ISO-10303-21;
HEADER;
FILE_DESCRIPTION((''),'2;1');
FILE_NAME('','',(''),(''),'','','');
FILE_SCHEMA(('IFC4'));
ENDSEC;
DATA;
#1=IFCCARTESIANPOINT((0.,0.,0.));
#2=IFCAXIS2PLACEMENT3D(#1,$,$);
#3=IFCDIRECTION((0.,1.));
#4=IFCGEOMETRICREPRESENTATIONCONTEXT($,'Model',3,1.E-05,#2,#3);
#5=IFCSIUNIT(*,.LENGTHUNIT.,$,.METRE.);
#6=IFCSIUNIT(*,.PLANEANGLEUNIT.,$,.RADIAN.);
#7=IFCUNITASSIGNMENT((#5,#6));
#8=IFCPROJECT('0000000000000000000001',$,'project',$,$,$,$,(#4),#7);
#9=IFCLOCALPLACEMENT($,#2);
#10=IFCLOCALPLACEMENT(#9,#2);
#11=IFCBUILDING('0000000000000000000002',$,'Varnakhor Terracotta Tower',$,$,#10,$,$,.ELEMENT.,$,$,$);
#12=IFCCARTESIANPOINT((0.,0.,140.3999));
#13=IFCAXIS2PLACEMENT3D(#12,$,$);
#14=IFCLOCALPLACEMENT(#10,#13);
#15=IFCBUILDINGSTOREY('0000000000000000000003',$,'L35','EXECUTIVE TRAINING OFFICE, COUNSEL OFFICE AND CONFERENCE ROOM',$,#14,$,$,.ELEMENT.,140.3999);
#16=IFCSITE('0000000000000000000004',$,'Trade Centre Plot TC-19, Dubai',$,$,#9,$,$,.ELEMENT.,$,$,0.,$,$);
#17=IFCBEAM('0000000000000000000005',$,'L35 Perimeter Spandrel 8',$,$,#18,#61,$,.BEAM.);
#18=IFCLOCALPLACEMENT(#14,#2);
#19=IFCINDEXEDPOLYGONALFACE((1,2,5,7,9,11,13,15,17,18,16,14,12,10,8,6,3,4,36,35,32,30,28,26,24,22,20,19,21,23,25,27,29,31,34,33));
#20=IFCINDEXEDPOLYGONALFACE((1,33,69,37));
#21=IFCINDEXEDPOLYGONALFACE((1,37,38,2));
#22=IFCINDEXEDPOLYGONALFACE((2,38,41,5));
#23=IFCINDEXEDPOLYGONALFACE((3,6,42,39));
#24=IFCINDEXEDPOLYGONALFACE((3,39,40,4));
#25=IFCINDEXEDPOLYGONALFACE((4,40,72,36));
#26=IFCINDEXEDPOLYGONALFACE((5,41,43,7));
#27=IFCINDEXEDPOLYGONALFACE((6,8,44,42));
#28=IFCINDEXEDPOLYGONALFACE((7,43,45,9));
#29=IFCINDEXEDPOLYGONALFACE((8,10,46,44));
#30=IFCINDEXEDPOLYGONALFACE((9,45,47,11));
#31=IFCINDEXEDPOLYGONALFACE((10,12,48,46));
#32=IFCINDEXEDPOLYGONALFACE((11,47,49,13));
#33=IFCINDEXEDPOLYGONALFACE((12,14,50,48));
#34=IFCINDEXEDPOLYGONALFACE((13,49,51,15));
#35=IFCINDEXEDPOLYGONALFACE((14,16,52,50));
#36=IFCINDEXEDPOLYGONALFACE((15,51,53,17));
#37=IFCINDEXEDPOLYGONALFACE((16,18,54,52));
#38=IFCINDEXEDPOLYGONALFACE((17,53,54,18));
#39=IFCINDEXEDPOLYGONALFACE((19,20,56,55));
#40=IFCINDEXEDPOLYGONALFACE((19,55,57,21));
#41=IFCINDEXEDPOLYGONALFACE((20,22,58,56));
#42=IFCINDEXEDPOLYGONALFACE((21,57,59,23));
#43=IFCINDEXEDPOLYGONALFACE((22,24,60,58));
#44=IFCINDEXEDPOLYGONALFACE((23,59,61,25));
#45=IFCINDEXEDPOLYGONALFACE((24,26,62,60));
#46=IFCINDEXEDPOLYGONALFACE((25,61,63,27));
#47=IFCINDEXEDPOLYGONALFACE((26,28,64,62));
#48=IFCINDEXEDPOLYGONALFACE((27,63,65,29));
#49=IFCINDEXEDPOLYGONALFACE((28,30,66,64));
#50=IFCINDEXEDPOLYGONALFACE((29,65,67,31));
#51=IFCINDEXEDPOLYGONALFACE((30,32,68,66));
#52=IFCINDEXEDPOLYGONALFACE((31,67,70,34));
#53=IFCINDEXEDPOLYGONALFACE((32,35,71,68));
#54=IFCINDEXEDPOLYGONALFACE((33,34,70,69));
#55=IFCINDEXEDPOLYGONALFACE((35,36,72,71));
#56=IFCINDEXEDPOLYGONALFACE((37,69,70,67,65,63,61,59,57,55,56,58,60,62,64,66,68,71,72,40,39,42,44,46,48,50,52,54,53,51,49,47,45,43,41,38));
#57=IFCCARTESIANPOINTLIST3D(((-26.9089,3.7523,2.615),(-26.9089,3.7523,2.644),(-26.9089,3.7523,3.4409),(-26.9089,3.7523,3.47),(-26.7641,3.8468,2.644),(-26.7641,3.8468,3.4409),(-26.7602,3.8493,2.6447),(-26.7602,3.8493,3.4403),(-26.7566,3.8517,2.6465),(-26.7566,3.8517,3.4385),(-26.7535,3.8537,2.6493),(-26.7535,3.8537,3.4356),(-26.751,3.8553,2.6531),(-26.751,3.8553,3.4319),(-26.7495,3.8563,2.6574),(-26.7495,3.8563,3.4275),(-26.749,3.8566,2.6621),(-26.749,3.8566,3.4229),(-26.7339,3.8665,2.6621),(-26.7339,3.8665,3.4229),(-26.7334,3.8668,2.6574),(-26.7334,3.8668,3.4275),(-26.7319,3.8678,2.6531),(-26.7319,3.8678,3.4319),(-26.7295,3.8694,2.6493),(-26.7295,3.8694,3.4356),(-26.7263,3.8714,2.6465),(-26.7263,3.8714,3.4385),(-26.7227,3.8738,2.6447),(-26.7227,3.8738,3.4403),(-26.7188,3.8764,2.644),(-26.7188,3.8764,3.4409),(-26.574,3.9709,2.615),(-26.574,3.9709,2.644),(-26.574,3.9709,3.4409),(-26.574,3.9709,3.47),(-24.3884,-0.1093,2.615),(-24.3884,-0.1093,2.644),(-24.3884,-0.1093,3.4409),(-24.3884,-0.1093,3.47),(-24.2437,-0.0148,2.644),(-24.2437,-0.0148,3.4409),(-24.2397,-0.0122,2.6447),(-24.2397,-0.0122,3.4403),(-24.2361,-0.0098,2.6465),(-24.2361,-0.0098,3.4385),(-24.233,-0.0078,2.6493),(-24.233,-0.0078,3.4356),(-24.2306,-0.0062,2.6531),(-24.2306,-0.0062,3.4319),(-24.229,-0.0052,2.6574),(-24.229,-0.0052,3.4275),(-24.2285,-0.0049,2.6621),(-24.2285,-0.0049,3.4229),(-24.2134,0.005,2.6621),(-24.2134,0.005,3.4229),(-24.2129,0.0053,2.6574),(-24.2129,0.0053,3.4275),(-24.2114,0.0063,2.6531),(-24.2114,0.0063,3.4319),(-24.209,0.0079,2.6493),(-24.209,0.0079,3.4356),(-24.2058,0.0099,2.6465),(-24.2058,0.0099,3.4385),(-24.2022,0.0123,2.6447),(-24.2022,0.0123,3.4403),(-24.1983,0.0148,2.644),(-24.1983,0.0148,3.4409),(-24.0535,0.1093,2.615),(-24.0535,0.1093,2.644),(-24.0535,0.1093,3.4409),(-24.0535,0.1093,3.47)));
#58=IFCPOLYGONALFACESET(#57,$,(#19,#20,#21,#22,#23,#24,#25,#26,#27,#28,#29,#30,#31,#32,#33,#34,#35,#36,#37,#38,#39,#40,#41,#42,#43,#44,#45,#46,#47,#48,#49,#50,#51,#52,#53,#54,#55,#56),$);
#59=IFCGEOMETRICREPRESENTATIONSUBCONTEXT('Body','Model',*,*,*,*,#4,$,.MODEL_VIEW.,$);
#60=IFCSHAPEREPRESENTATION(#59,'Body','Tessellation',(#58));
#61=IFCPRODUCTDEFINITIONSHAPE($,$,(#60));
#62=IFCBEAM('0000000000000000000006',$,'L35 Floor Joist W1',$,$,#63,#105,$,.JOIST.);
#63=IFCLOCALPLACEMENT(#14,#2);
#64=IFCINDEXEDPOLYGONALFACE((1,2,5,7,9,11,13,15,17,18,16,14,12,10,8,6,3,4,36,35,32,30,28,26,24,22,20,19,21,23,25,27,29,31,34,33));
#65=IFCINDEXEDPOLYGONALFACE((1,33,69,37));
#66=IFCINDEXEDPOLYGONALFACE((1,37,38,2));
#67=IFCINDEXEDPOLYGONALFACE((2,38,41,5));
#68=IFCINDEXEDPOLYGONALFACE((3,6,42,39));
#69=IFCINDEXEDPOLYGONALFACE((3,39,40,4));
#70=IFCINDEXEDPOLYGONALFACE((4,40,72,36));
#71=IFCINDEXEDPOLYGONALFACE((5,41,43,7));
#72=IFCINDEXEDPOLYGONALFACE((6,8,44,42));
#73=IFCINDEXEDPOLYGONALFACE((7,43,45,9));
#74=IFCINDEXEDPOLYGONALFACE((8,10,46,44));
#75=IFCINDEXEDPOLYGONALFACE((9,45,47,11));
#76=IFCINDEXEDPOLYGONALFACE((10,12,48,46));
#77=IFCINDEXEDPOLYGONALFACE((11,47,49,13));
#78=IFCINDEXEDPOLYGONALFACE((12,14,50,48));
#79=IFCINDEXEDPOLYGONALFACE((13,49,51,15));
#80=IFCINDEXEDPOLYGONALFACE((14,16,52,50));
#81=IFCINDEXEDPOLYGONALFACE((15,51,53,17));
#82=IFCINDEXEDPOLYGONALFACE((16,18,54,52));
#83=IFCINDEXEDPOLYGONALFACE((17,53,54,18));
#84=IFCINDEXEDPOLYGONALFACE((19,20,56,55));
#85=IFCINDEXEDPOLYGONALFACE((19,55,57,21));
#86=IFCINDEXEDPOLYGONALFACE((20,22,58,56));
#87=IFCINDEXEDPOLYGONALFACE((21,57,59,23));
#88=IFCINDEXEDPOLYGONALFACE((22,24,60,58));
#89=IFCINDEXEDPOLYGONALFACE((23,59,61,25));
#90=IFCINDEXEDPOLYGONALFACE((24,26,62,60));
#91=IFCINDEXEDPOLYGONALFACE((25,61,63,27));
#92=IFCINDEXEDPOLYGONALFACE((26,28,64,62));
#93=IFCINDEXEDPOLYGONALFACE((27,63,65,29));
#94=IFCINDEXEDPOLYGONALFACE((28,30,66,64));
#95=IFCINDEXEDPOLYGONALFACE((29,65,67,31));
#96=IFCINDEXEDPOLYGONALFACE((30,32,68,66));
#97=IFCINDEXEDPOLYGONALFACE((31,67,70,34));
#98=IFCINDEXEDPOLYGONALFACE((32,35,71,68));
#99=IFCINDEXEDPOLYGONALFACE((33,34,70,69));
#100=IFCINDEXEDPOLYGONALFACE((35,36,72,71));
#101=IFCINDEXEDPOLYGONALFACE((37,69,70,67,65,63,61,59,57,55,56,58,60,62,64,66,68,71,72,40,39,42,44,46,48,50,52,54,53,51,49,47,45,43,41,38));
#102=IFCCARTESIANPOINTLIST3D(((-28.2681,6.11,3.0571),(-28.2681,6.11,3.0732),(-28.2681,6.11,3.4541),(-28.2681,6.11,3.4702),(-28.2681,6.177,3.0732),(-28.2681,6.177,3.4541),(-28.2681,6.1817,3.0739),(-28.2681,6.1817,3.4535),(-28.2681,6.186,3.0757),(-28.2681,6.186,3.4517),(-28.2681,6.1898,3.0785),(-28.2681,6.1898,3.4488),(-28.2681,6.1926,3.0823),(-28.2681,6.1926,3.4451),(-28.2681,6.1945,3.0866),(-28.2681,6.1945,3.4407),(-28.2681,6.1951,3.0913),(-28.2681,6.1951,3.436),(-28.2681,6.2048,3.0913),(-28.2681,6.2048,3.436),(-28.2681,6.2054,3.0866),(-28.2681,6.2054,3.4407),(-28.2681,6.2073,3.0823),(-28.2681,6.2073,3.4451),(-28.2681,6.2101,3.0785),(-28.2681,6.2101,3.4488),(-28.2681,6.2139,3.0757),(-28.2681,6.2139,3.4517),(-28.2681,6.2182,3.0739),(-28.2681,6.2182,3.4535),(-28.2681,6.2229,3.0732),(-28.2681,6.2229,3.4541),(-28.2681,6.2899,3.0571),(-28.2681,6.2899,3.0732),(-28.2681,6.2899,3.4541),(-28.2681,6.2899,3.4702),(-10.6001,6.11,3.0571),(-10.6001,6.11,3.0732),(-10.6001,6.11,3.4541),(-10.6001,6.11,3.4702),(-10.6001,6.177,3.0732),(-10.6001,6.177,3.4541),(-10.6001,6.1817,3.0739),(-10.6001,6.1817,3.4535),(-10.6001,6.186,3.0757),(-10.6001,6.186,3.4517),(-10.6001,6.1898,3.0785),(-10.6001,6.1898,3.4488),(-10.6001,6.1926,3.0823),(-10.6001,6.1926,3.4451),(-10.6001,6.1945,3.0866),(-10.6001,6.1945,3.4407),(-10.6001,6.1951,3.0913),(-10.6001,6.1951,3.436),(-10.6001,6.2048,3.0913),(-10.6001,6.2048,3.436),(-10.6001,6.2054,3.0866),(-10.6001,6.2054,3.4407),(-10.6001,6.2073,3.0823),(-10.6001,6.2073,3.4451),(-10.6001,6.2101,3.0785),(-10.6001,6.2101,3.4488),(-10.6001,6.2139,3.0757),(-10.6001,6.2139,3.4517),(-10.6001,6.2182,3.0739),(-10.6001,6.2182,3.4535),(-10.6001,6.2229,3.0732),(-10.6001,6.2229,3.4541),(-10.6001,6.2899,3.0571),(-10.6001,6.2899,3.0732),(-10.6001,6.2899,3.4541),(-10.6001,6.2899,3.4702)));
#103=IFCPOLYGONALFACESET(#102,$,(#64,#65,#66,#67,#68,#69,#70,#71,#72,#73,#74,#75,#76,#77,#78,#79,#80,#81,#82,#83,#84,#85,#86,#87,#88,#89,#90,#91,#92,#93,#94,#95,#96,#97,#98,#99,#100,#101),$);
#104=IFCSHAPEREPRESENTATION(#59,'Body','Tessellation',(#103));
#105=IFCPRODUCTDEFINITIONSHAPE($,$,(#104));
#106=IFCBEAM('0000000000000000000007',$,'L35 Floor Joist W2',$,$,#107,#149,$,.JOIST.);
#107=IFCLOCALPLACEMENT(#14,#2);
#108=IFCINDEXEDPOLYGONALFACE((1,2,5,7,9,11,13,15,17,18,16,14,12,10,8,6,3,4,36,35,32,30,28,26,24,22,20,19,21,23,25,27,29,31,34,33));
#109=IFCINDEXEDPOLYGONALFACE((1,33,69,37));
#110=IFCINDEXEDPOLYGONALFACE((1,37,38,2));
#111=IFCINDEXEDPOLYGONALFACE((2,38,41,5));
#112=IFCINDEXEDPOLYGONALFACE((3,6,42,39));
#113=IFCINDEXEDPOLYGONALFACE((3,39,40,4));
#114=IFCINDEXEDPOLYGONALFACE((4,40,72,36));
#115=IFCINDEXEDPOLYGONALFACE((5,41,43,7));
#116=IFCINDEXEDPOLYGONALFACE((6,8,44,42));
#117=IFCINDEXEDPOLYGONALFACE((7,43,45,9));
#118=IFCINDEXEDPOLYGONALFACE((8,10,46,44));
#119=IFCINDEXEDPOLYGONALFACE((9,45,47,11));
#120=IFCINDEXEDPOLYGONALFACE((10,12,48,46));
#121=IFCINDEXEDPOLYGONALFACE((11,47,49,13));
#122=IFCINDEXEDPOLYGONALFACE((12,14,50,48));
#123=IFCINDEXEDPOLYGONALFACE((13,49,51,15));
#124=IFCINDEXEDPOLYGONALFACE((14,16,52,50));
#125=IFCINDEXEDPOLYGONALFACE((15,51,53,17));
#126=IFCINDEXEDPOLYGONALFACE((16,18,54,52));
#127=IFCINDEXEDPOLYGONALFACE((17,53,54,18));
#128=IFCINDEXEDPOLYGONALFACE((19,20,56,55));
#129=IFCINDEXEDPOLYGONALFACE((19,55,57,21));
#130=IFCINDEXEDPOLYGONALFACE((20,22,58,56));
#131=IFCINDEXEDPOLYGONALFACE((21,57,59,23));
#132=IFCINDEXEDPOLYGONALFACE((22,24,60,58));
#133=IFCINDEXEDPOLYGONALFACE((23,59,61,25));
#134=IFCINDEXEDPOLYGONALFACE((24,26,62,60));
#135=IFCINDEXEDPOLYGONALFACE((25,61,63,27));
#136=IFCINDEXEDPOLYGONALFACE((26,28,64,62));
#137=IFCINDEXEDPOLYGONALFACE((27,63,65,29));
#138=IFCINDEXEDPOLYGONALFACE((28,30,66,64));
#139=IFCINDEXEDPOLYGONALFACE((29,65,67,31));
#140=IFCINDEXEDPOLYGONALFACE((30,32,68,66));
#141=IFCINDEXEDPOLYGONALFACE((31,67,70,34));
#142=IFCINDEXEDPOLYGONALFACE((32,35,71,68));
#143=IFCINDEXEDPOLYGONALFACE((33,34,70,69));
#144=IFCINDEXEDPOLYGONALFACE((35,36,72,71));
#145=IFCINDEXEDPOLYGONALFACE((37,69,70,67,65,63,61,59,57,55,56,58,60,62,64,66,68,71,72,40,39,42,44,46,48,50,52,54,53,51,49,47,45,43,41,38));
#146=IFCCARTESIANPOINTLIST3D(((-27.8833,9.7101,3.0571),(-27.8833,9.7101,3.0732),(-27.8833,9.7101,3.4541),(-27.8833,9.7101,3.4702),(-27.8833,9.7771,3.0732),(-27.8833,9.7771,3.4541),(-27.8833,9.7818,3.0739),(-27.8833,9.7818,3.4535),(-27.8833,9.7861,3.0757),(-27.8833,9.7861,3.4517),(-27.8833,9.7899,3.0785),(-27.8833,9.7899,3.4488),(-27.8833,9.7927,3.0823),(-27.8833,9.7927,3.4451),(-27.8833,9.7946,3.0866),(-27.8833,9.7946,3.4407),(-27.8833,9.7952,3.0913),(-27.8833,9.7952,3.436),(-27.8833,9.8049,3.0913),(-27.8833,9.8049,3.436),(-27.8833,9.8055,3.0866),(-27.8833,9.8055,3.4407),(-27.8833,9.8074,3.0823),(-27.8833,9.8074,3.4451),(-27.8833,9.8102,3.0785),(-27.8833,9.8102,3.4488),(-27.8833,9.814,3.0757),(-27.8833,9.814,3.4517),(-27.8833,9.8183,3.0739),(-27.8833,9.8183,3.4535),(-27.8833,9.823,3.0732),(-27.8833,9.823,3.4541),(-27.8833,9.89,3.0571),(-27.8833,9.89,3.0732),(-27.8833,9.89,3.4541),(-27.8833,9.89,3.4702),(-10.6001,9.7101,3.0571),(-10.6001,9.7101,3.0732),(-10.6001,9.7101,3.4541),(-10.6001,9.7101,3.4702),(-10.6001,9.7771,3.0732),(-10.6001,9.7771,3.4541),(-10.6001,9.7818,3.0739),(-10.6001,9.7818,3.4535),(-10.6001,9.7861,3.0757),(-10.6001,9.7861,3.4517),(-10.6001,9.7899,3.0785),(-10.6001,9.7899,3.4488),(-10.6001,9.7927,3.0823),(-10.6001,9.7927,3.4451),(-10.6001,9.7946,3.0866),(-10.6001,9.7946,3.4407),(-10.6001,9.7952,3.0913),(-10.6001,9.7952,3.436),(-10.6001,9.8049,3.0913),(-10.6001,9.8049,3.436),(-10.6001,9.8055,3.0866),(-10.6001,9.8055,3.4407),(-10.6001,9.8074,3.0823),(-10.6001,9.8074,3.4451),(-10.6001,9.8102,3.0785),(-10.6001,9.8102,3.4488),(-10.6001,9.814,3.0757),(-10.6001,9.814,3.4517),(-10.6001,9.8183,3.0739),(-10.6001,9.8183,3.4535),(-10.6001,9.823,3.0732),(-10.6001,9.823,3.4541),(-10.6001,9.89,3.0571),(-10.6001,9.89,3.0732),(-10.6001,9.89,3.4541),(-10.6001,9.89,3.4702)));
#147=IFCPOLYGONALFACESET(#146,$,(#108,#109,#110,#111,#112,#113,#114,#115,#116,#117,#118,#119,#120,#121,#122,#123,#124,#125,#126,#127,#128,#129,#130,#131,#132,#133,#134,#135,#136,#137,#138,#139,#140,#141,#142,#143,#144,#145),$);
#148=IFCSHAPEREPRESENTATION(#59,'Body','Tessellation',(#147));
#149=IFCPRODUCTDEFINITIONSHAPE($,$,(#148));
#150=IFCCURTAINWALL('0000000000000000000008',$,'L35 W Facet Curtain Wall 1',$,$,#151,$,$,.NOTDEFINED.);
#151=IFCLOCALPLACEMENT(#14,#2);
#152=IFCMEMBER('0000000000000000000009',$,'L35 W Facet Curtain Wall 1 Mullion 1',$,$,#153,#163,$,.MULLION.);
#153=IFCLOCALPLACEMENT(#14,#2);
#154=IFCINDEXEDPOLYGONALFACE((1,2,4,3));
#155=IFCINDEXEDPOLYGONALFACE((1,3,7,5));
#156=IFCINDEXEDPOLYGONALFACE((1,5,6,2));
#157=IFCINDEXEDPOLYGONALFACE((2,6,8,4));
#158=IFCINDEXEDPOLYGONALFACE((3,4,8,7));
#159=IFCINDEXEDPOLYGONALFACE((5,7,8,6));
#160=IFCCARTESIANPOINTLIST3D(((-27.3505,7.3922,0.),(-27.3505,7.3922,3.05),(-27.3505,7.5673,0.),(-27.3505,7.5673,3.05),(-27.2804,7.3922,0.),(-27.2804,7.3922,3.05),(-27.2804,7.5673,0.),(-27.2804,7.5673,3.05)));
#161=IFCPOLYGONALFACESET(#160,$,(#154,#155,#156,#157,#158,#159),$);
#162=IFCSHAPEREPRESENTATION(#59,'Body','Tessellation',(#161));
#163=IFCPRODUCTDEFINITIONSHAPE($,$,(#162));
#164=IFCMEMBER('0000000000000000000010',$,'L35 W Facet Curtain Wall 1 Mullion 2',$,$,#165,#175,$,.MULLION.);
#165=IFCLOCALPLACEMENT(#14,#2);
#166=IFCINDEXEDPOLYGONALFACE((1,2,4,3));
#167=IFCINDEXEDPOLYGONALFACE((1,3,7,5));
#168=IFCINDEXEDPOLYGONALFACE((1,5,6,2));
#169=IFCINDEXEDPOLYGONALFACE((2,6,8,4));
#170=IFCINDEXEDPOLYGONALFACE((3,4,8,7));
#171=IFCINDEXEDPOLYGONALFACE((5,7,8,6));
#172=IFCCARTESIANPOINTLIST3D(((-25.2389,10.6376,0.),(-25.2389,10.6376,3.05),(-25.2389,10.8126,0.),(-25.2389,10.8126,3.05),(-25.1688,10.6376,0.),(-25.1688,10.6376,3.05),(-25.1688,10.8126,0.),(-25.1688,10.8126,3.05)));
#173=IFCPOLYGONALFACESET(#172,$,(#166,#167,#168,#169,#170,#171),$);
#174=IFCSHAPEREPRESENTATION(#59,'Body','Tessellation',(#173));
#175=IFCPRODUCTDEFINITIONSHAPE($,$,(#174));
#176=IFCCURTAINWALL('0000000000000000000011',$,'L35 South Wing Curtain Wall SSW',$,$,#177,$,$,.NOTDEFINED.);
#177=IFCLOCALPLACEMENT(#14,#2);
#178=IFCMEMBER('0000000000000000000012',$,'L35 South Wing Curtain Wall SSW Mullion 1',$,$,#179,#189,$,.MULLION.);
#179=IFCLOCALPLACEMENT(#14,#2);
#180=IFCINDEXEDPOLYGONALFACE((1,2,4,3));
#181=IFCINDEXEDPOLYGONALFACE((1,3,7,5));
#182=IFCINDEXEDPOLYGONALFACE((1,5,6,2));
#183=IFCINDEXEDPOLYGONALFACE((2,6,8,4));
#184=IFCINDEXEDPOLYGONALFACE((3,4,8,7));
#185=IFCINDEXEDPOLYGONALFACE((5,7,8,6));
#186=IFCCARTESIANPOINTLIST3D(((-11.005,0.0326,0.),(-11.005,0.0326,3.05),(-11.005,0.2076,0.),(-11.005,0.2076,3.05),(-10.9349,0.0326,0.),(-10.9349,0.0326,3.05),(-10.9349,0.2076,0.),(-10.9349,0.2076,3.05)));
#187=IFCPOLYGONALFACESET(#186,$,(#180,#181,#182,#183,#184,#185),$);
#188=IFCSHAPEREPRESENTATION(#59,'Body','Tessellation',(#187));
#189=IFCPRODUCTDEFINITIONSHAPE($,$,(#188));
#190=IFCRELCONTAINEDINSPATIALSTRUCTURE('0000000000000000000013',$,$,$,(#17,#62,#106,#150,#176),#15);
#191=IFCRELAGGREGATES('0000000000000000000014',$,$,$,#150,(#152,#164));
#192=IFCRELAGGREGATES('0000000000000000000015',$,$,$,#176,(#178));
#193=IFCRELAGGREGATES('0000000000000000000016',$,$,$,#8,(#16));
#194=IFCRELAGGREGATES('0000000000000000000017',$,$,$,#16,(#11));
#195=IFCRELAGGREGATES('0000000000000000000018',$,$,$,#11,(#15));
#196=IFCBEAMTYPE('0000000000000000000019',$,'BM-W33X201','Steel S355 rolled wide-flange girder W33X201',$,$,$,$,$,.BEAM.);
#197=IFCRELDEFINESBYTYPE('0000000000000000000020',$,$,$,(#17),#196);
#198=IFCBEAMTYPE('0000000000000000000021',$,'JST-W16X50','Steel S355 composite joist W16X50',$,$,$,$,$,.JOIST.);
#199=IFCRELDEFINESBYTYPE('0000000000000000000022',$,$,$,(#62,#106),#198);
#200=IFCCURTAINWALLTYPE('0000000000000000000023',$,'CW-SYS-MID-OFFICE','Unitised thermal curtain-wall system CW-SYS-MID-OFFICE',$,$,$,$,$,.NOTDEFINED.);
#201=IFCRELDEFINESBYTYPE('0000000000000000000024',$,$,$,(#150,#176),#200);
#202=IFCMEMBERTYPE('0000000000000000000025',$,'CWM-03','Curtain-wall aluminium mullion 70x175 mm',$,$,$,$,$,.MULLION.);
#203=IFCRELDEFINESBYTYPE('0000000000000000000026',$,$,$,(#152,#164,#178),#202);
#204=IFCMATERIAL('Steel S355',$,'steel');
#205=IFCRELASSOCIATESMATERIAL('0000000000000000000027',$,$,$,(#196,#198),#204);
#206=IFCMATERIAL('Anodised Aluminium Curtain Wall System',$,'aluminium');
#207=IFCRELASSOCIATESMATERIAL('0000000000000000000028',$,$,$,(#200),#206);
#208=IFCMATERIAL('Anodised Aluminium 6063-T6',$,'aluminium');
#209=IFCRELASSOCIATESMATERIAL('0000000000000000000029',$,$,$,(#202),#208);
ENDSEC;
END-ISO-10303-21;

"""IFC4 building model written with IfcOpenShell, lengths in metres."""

from ifc_helpers import new_model, si_unit, direction, frame, origin, origin_2d, place, context, subcontext, project, spatial, rectangle, i_section, extrude, source, transform, mapped, material, material_profile, profile_set, type_object, element, aggregate, save


model = new_model("IFC4")

# Units and contexts
model_context = context("Model", 3, precision=1e-05, world=origin(), true_north=direction((0.0, 1.0)))
body_context = subcontext(model_context, "Body", "Model", "MODEL_VIEW")
ifc_project = project(units=[si_unit("LENGTHUNIT", "METRE"), si_unit("PLANEANGLEUNIT", "RADIAN")], contexts=[model_context])

# Site, building, storey
site_placement = place(None, origin())
site = spatial("IfcSite", under=ifc_project, at=site_placement, Name="Trade Centre Plot TC-19, Dubai", CompositionType="ELEMENT", RefElevation=0.0)
building_placement = place(site_placement, origin())
building = spatial("IfcBuilding", under=site, at=building_placement, Name="Varnakhor Terracotta Tower", CompositionType="ELEMENT")
storey_placement = place(building_placement, frame((0.0, 0.0, 140.3999)))
storey = spatial("IfcBuildingStorey", under=building, at=storey_placement, Name="L35", Description="EXECUTIVE TRAINING OFFICE, COUNSEL OFFICE AND CONFERENCE ROOM", CompositionType="ELEMENT", Elevation=140.3999)

# Beams
ifc_material_1 = material(Name="Steel S355", Category="steel")
ifc_material_profile_1 = material_profile(ifc_material_1, i_section(OverallWidth=0.3999, OverallDepth=0.855, WebThickness=0.0181, FlangeThickness=0.0291, FilletRadius=0.0181, at=origin_2d()), Name="W33X201")
ifc_profile_set_1 = profile_set([ifc_material_profile_1], Name="Steel S355")
beam_type_1 = type_object("IfcBeamType", Name="BM-W33X201", Description="Steel S355 rolled wide-flange girder W33X201", PredefinedType="BEAM", material=ifc_profile_set_1)
shared_shape_1 = source(origin(), body_context, "Body", "SweptSolid", [
    extrude(i_section(OverallWidth=0.3999, OverallDepth=0.855, WebThickness=0.0181, FlangeThickness=0.0291, FilletRadius=0.0181, at=origin_2d()), origin(), (0.0, 0.0, 1.0), 4.6113),
])
for number, where, z_axis, x_axis, name in (
    (1, (-26.7415, 3.8616, 3.0425), (0.546586, -0.837403, 0.0), (0.837403, 0.546586, 0.0), "L35 Perimeter Spandrel 8"),
):
    element("IfcBeam", number, at=place(storey_placement, frame(where, z_axis=z_axis, x_axis=x_axis)), inside=storey, type_object=beam_type_1, Name=name, PredefinedType="BEAM", context=body_context, shape_type="MappedRepresentation", body=[
        mapped(shared_shape_1, transform((0.0, 0.0, 0.0), scale=1.0)),
    ])
ifc_material_profile_2 = material_profile(ifc_material_1, i_section(OverallWidth=0.1799, OverallDepth=0.4131, WebThickness=0.0098, FlangeThickness=0.0161, FilletRadius=0.0181, at=origin_2d()), Name="W16X50")
ifc_profile_set_2 = profile_set([ifc_material_profile_2], Name="Steel S355")
beam_type_2 = type_object("IfcBeamType", Name="JST-W16X50", Description="Steel S355 composite joist W16X50", PredefinedType="JOIST", material=ifc_profile_set_2)
shared_shape_2 = source(origin(), body_context, "Body", "SweptSolid", [
    extrude(i_section(OverallWidth=0.1799, OverallDepth=0.4131, WebThickness=0.0098, FlangeThickness=0.0161, FilletRadius=0.0181, at=origin_2d()), origin(), (0.0, 0.0, 1.0), 17.668),
])
beam_1_placement = place(storey_placement, frame((-28.2681, 6.2, 3.2637), z_axis=(1.0, 0.0, 0.0), x_axis=(0.0, 1.0, 0.0)))
element("IfcBeam", 2, at=beam_1_placement, inside=storey, type_object=beam_type_2, Name="L35 Floor Joist W1", PredefinedType="JOIST", context=body_context, shape_type="MappedRepresentation", body=[
    mapped(shared_shape_2, transform((0.0, 0.0, 0.0), scale=1.0)),
])
shared_shape_3 = source(origin(), body_context, "Body", "SweptSolid", [
    extrude(i_section(OverallWidth=0.1799, OverallDepth=0.4131, WebThickness=0.0098, FlangeThickness=0.0161, FilletRadius=0.0181, at=origin_2d()), origin(), (0.0, 0.0, 1.0), 17.2832),
])
beam_2_placement = place(storey_placement, frame((-27.8833, 9.8, 3.2637), z_axis=(1.0, 0.0, 0.0), x_axis=(0.0, 1.0, 0.0)))
element("IfcBeam", 3, at=beam_2_placement, inside=storey, type_object=beam_type_2, Name="L35 Floor Joist W2", PredefinedType="JOIST", context=body_context, shape_type="MappedRepresentation", body=[
    mapped(shared_shape_3, transform((0.0, 0.0, 0.0), scale=1.0)),
])

# Curtain walls, members
ifc_material_2 = material(Name="Anodised Aluminium Curtain Wall System", Category="aluminium")
curtain_wall_type = type_object("IfcCurtainWallType", Name="CW-SYS-MID-OFFICE", Description="Unitised thermal curtain-wall system CW-SYS-MID-OFFICE", PredefinedType="NOTDEFINED", material=ifc_material_2)
curtain_wall_1_placement = place(storey_placement, origin())
curtain_wall_1 = element("IfcCurtainWall", 4, at=curtain_wall_1_placement, inside=storey, type_object=curtain_wall_type, Name="L35 W Facet Curtain Wall 1", PredefinedType="NOTDEFINED")
ifc_material_3 = material(Name="Anodised Aluminium 6063-T6", Category="aluminium")
ifc_material_profile_3 = material_profile(ifc_material_3, rectangle(XDim=0.0701, YDim=0.175, at=origin_2d()), Name="ALU MULLION 70x175")
ifc_profile_set_3 = profile_set([ifc_material_profile_3], Name="Anodised Aluminium 6063-T6")
member_type_1 = type_object("IfcMemberType", Name="CWM-03", Description="Curtain-wall aluminium mullion 70x175 mm", PredefinedType="MULLION", material=ifc_profile_set_3)
shared_shape_4 = source(origin(), body_context, "Body", "SweptSolid", [
    extrude(rectangle(XDim=0.0701, YDim=0.175, at=origin_2d()), origin(), (0.0, 0.0, 1.0), 3.05),
])
member_1_placement = place(storey_placement, frame((-27.3154, 7.4797, 0.0), z_axis=(0.0, 0.0, 1.0), x_axis=(1.0, 0.0, 0.0)))
member_1 = element("IfcMember", 5, at=member_1_placement, type_object=member_type_1, Name="L35 W Facet Curtain Wall 1 Mullion 1", PredefinedType="MULLION", context=body_context, shape_type="MappedRepresentation", body=[
    mapped(shared_shape_4, transform((0.0, 0.0, 0.0), scale=1.0)),
])
member_2_placement = place(storey_placement, frame((-25.2039, 10.7251, 0.0), z_axis=(0.0, 0.0, 1.0), x_axis=(1.0, 0.0, 0.0)))
member_2 = element("IfcMember", 6, at=member_2_placement, type_object=member_type_1, Name="L35 W Facet Curtain Wall 1 Mullion 2", PredefinedType="MULLION", context=body_context, shape_type="MappedRepresentation", body=[
    mapped(shared_shape_4, transform((0.0, 0.0, 0.0), scale=1.0)),
])
curtain_wall_2_placement = place(storey_placement, origin())
curtain_wall_2 = element("IfcCurtainWall", 7, at=curtain_wall_2_placement, inside=storey, type_object=curtain_wall_type, Name="L35 South Wing Curtain Wall SSW", PredefinedType="NOTDEFINED")
member_3_placement = place(storey_placement, frame((-10.97, 0.1201, 0.0), z_axis=(0.0, 0.0, 1.0), x_axis=(1.0, 0.0, 0.0)))
member_3 = element("IfcMember", 8, at=member_3_placement, type_object=member_type_1, Name="L35 South Wing Curtain Wall SSW Mullion 1", PredefinedType="MULLION", context=body_context, shape_type="MappedRepresentation", body=[
    mapped(shared_shape_4, transform((0.0, 0.0, 0.0), scale=1.0)),
])

aggregate(curtain_wall_1, [member_1, member_2])
aggregate(curtain_wall_2, [member_3])

save(model, "model.ifc")
